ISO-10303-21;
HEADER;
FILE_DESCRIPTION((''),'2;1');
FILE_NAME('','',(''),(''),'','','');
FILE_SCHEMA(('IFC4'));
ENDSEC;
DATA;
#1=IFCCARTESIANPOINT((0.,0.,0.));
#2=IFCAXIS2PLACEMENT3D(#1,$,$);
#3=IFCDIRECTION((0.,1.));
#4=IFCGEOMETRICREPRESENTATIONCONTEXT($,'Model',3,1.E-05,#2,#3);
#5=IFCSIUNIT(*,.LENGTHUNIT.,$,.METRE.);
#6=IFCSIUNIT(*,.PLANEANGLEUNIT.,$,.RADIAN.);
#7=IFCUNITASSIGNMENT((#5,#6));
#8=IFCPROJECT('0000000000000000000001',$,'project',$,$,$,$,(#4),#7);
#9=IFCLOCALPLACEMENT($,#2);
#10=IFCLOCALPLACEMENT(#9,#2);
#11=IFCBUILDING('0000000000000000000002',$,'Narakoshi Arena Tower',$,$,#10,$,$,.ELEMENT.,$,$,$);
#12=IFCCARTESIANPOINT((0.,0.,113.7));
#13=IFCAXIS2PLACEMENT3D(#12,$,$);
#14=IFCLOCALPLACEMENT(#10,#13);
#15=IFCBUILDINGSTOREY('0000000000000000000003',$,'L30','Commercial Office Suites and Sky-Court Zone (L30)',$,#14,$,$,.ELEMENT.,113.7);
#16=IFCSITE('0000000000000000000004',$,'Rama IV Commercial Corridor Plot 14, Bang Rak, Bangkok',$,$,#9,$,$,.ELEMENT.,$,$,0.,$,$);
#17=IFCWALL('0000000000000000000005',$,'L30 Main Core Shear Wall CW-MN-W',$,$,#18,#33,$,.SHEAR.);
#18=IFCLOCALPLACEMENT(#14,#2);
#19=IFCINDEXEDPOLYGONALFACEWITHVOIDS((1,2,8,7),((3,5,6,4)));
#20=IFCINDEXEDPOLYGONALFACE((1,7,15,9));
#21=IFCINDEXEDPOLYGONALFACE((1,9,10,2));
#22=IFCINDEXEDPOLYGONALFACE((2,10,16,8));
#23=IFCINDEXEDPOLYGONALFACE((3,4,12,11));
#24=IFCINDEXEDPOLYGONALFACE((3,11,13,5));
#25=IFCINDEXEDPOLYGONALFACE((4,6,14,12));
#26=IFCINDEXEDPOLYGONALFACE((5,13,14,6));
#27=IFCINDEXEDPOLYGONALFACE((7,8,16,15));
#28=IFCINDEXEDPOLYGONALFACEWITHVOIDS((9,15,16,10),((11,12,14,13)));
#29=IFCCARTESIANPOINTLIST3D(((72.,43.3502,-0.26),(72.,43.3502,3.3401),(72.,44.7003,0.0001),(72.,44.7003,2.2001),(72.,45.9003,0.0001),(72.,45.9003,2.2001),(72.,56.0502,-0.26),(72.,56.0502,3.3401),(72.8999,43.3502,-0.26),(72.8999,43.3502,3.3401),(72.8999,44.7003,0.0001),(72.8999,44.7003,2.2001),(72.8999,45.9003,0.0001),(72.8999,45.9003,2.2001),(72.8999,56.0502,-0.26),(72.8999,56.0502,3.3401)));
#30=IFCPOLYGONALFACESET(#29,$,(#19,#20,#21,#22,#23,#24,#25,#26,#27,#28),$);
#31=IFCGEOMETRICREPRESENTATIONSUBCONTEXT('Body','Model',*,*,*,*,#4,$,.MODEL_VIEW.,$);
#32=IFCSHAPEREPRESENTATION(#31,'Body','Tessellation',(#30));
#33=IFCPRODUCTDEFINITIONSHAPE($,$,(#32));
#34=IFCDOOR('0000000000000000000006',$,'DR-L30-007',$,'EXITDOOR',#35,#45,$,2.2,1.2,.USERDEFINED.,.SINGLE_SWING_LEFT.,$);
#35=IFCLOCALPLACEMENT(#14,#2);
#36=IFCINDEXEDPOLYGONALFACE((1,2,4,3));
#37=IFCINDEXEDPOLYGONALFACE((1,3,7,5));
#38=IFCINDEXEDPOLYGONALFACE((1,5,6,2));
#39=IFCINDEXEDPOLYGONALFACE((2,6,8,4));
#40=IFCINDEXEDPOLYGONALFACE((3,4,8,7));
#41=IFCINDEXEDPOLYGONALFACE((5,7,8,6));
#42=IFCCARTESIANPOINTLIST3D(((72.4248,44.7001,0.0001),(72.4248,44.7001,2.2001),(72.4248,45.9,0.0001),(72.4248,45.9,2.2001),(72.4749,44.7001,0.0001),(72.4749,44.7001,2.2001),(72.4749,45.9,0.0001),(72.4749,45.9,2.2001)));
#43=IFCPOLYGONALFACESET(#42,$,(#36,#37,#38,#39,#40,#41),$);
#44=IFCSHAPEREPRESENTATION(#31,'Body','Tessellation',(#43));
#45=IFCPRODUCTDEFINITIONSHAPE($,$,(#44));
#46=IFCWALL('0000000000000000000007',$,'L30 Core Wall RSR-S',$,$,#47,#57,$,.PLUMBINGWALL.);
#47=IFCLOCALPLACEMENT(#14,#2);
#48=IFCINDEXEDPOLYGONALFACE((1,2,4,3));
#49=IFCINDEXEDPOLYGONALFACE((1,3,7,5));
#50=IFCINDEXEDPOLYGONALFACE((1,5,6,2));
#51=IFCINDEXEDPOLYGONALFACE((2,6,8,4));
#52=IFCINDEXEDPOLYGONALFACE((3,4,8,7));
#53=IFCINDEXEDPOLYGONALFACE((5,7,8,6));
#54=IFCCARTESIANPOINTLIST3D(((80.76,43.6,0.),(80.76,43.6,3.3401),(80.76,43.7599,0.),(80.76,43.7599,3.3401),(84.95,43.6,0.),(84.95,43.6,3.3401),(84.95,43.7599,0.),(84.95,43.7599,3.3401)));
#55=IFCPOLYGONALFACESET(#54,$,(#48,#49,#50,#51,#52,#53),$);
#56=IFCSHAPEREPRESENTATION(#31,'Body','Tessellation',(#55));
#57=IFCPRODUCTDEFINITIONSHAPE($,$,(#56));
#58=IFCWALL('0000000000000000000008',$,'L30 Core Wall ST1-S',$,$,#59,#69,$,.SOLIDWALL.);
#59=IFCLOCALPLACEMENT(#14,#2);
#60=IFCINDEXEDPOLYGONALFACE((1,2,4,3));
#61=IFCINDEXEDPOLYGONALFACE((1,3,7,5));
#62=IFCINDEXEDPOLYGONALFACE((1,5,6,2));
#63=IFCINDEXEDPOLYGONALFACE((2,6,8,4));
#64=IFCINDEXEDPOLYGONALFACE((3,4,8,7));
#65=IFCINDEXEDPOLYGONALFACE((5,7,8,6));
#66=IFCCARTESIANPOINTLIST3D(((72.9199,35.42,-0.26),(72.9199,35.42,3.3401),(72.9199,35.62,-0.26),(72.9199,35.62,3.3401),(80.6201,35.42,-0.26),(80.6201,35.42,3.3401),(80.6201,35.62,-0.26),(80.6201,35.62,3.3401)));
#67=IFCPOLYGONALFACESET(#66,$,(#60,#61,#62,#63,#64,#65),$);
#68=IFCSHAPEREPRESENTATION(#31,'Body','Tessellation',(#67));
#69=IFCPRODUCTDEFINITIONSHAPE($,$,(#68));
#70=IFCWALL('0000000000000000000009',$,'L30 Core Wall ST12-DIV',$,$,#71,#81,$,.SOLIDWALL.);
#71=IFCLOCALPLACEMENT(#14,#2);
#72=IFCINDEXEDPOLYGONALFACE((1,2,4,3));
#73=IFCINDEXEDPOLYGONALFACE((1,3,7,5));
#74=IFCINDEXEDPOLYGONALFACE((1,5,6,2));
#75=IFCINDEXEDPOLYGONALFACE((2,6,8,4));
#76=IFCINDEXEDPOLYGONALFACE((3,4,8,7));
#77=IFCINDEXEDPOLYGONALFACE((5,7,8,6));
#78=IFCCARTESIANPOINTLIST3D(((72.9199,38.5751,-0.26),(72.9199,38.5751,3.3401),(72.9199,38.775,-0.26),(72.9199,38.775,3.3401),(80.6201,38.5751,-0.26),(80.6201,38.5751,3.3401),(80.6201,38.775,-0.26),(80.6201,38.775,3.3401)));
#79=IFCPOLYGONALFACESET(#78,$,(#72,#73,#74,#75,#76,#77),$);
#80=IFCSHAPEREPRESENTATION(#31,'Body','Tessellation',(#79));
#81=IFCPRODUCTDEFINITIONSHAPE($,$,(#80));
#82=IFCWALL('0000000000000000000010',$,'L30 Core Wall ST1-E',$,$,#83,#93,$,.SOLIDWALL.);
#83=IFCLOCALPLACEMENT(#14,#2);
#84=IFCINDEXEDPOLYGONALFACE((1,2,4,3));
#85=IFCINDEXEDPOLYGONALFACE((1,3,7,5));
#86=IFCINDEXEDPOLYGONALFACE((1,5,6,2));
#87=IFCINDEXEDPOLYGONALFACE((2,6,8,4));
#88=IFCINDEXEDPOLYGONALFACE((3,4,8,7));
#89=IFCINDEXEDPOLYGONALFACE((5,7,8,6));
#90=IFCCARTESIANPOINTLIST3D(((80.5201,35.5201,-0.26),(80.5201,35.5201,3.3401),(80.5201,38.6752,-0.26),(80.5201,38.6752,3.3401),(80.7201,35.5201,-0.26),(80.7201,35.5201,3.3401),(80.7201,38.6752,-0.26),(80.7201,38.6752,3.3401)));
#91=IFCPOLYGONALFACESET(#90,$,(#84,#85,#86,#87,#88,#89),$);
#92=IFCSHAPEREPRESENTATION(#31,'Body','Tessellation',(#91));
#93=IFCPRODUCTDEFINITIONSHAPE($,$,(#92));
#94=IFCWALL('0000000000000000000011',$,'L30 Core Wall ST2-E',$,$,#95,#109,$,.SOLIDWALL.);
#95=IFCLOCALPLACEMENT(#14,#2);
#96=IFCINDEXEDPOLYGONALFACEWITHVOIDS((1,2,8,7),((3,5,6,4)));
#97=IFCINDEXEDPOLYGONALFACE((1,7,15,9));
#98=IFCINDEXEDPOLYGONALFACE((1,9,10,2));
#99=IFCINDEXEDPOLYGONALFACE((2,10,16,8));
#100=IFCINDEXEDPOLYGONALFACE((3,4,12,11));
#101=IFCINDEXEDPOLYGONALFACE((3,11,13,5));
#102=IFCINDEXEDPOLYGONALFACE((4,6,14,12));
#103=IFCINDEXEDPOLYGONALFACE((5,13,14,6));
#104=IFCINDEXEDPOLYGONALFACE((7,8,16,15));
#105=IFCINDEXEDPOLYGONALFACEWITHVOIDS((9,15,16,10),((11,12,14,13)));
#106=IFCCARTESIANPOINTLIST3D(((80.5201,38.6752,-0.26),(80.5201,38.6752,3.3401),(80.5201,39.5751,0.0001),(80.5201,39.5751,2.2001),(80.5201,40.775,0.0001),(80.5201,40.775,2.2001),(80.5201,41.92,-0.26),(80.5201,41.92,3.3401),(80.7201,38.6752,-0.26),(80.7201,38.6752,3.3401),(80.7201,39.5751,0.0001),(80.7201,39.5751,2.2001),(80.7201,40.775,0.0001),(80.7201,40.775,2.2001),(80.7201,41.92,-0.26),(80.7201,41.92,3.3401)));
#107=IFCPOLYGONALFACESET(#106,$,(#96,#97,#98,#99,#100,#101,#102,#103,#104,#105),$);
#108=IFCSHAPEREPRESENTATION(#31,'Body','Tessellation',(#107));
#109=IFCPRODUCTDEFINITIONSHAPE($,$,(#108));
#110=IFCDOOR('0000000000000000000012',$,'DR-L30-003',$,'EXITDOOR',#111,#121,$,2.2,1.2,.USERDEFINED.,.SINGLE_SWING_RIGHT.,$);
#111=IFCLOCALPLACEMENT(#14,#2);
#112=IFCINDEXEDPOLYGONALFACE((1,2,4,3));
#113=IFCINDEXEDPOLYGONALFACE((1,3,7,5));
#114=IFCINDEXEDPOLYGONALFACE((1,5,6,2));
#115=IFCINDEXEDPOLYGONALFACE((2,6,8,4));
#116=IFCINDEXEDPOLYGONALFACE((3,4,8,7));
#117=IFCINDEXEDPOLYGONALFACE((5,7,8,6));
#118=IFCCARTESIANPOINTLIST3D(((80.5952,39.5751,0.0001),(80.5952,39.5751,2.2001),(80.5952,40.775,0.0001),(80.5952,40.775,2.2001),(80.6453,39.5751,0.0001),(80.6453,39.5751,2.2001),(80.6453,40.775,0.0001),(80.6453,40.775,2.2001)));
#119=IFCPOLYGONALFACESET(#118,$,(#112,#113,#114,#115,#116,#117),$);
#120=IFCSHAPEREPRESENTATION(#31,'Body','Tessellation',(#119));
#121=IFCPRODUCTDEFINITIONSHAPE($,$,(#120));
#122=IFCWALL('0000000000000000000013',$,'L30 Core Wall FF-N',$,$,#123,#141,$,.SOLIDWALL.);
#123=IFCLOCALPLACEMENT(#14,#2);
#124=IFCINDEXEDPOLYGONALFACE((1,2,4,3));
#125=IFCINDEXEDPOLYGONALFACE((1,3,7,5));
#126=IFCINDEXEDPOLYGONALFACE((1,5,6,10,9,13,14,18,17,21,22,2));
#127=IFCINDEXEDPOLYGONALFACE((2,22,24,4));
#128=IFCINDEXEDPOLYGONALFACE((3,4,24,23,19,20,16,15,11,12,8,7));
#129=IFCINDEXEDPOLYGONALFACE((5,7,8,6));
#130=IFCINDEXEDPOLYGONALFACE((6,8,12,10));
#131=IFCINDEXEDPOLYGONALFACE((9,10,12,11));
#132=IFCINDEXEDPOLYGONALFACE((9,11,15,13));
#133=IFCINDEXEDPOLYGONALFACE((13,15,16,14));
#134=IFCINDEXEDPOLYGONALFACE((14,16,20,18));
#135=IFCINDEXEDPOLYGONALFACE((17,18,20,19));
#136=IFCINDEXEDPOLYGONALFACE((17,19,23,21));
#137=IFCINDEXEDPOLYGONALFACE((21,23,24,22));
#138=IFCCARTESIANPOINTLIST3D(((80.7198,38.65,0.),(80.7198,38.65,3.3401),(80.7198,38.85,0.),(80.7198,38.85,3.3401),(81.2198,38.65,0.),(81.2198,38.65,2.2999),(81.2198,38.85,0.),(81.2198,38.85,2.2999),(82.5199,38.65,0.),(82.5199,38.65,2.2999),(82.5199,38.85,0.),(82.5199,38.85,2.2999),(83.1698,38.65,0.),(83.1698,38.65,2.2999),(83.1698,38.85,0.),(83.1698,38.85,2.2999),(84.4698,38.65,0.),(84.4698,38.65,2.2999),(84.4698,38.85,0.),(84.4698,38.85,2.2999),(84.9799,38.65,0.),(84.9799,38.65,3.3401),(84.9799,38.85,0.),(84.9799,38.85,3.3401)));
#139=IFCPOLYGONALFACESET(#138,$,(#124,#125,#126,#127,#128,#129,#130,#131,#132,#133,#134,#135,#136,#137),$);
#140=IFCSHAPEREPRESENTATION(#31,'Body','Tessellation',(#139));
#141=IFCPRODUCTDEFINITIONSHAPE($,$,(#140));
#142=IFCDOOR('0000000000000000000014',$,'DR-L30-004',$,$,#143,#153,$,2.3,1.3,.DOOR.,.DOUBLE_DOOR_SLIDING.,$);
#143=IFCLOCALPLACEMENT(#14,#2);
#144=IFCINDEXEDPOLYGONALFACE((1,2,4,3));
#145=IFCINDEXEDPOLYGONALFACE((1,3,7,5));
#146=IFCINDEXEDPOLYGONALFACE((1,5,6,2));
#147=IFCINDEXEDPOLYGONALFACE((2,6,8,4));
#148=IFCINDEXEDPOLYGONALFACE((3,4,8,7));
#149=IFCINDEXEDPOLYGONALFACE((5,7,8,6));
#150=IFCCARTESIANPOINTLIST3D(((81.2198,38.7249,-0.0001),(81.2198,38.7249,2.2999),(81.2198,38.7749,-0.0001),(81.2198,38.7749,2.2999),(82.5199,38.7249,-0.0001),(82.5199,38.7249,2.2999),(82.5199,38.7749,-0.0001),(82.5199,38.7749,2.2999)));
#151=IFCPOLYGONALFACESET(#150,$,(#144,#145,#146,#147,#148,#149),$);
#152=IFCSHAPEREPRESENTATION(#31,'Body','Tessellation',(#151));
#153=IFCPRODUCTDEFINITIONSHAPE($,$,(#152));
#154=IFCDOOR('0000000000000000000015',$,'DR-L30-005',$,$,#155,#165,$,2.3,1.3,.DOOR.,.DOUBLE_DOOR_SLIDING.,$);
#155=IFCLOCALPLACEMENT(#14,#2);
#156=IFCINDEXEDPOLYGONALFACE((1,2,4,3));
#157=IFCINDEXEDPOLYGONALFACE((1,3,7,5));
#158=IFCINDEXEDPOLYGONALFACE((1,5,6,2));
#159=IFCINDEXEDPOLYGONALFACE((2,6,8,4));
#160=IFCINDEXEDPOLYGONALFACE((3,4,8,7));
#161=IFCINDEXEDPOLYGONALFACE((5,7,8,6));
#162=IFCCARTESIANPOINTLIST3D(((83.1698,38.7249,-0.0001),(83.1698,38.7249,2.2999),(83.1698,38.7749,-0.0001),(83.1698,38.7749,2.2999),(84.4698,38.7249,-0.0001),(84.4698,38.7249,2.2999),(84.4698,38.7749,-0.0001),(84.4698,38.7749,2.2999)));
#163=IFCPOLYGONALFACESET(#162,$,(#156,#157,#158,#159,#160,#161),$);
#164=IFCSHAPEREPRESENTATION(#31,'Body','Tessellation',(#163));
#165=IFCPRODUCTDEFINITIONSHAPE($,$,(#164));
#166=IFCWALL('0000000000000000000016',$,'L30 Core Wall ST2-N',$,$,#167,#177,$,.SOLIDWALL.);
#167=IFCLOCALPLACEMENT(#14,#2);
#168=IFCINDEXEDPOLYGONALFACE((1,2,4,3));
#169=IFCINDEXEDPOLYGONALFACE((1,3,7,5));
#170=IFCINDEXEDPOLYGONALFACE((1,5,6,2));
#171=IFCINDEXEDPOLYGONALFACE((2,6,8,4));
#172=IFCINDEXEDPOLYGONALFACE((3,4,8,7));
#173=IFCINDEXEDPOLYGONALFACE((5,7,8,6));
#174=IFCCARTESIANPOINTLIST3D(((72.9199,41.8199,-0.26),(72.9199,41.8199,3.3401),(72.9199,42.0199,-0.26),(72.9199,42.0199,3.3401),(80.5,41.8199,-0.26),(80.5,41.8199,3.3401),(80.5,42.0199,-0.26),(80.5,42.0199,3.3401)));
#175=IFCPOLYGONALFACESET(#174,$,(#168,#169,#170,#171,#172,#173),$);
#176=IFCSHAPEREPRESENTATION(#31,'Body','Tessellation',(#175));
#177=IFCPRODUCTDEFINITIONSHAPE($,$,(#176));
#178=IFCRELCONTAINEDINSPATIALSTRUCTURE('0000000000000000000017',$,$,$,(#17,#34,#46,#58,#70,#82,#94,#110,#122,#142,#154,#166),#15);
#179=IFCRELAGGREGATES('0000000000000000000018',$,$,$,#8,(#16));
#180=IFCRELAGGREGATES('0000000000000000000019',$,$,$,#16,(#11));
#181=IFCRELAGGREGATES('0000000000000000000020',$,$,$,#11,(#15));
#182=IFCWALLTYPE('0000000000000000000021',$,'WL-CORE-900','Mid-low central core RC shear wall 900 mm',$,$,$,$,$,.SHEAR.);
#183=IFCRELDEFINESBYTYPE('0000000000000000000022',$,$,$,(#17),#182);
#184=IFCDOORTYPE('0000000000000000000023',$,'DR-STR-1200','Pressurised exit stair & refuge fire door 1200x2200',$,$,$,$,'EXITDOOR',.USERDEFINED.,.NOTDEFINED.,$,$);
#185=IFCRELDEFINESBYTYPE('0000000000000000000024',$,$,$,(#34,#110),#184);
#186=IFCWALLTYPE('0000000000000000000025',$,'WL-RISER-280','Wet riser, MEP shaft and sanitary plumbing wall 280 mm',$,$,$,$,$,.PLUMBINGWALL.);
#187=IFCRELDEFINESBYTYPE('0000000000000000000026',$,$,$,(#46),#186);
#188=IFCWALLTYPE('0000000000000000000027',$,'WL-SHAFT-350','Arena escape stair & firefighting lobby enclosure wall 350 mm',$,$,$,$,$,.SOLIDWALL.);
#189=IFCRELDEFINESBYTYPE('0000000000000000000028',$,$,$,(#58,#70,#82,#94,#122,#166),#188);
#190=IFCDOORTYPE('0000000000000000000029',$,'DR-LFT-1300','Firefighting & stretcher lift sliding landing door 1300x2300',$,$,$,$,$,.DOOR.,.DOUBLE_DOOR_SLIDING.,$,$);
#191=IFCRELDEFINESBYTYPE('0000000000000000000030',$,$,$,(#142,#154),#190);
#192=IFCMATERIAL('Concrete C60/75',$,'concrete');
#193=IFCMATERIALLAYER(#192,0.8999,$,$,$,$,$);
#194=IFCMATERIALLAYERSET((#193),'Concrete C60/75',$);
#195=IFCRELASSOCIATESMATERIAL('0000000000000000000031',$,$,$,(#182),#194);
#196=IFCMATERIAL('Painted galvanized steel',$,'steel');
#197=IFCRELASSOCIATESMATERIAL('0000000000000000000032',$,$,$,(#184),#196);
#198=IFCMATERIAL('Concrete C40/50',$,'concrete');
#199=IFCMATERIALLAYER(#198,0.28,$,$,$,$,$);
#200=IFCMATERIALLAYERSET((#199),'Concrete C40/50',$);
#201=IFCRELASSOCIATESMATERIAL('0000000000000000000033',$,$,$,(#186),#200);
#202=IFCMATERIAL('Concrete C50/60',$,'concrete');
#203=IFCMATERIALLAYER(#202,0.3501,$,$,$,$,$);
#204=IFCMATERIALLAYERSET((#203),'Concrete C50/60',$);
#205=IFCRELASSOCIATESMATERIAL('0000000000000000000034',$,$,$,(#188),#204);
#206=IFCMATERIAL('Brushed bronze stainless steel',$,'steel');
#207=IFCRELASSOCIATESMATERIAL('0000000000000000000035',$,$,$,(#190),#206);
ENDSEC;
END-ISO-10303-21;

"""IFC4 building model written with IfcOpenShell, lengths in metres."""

from ifc_helpers import new_model, si_unit, direction, frame, frame_2d, origin, place, context, subcontext, project, spatial, rectangle, extrude, material, layer, layer_set, type_object, element, fill, save


model = new_model("IFC4")

# Units and contexts
model_context = context("Model", 3, precision=1e-05, world=origin(), true_north=direction((0.0, 1.0)))
body_context = subcontext(model_context, "Body", "Model", "MODEL_VIEW")
ifc_project = project(units=[si_unit("LENGTHUNIT", "METRE"), si_unit("PLANEANGLEUNIT", "RADIAN")], contexts=[model_context])

# Site, building, storey
site_placement = place(None, origin())
site = spatial("IfcSite", under=ifc_project, at=site_placement, Name="Rama IV Commercial Corridor Plot 14, Bang Rak, Bangkok", CompositionType="ELEMENT", RefElevation=0.0)
building_placement = place(site_placement, origin())
building = spatial("IfcBuilding", under=site, at=building_placement, Name="Narakoshi Arena Tower", CompositionType="ELEMENT")
storey_placement = place(building_placement, frame((0.0, 0.0, 113.7)))
storey = spatial("IfcBuildingStorey", under=building, at=storey_placement, Name="L30", Description="Commercial Office Suites and Sky-Court Zone (L30)", CompositionType="ELEMENT", Elevation=113.7)

# Wall, opening, door
ifc_material_1 = material(Name="Concrete C60/75", Category="concrete")
ifc_layer_1 = layer(ifc_material_1, 0.8999)
ifc_layer_set_1 = layer_set([ifc_layer_1], Name="Concrete C60/75")
wall_type_1 = type_object("IfcWallType", Name="WL-CORE-900", Description="Mid-low central core RC shear wall 900 mm", PredefinedType="SHEAR", material=ifc_layer_set_1)
wall_1_placement = place(storey_placement, frame((72.45, 43.3501, -0.26), z_axis=(0.0, 0.0, 1.0), x_axis=(0.0, 1.0, 0.0)))
wall_1 = element("IfcWall", 1, at=wall_1_placement, inside=storey, type_object=wall_type_1, Name="L30 Main Core Shear Wall CW-MN-W", PredefinedType="SHEAR", context=body_context, shape_type="SweptSolid", body=[
    extrude(rectangle(XDim=12.7, YDim=0.8999, at=frame_2d((6.3501, 0.0))), origin(), (0.0, 0.0, 1.0), 3.6001),
])
opening_1_placement = place(wall_1_placement, frame((1.3501, 0.0, 0.26)))
opening_1 = element("IfcOpeningElement", 2, at=opening_1_placement, cuts=wall_1, PredefinedType="OPENING", context=body_context, shape_type="SweptSolid", body=[
    extrude(rectangle(XDim=1.2, YDim=2.2, at=frame_2d((0.6001, 1.1001))), frame((0.0, 0.46, 0.0), z_axis=(0.0, -1.0, 0.0), x_axis=(1.0, 0.0, 0.0)), (0.0, 0.0, 1.0), 0.9199),
])
ifc_material_2 = material(Name="Painted galvanized steel", Category="steel")
door_type_1 = type_object("IfcDoorType", Name="DR-STR-1200", Description="Pressurised exit stair & refuge fire door 1200x2200", ElementType="EXITDOOR", OperationType="NOTDEFINED", PredefinedType="USERDEFINED", material=ifc_material_2)
door_1_placement = place(opening_1_placement, frame((1.2, 0.0, 0.0), z_axis=(0.0, 0.0, 1.0), x_axis=(-1.0, 0.0, 0.0)))
door_1 = element("IfcDoor", 3, at=door_1_placement, inside=storey, type_object=door_type_1, Name="DR-L30-007", ObjectType="EXITDOOR", OperationType="SINGLE_SWING_LEFT", OverallHeight=2.2, OverallWidth=1.2, PredefinedType="USERDEFINED", context=body_context, shape_type="SweptSolid", body=[
    extrude(rectangle(XDim=1.2, YDim=2.2, at=frame_2d((0.6001, 1.1001))), frame((0.0, 0.0249, 0.0), z_axis=(0.0, -1.0, 0.0), x_axis=(1.0, 0.0, 0.0)), (0.0, 0.0, 1.0), 0.05),
])
fill(opening_1, door_1)

# Walls
ifc_material_3 = material(Name="Concrete C40/50", Category="concrete")
ifc_layer_2 = layer(ifc_material_3, 0.28)
ifc_layer_set_2 = layer_set([ifc_layer_2], Name="Concrete C40/50")
wall_type_2 = type_object("IfcWallType", Name="WL-RISER-280", Description="Wet riser, MEP shaft and sanitary plumbing wall 280 mm", PredefinedType="PLUMBINGWALL", material=ifc_layer_set_2)
wall_2_placement = place(storey_placement, frame((80.76, 43.6799, 0.0), z_axis=(0.0, 0.0, 1.0), x_axis=(1.0, 0.0, 0.0)))
element("IfcWall", 4, at=wall_2_placement, inside=storey, type_object=wall_type_2, Name="L30 Core Wall RSR-S", PredefinedType="PLUMBINGWALL", context=body_context, shape_type="SweptSolid", body=[
    extrude(rectangle(XDim=4.1899, YDim=0.1599, at=frame_2d((2.095, 0.0))), origin(), (0.0, 0.0, 1.0), 3.3401),
])
ifc_material_4 = material(Name="Concrete C50/60", Category="concrete")
ifc_layer_3 = layer(ifc_material_4, 0.3501)
ifc_layer_set_3 = layer_set([ifc_layer_3], Name="Concrete C50/60")
wall_type_3 = type_object("IfcWallType", Name="WL-SHAFT-350", Description="Arena escape stair & firefighting lobby enclosure wall 350 mm", PredefinedType="SOLIDWALL", material=ifc_layer_set_3)
for number, where, z_axis, x_axis, name in (
    (5, (72.9199, 35.52, -0.26), (0.0, 0.0, 1.0), (1.0, 0.0, 0.0), "L30 Core Wall ST1-S"),
    (6, (72.9199, 38.675, -0.26), (0.0, 0.0, 1.0), (1.0, 0.0, 0.0), "L30 Core Wall ST12-DIV"),
):
    element("IfcWall", number, at=place(storey_placement, frame(where, z_axis=z_axis, x_axis=x_axis)), inside=storey, type_object=wall_type_3, Name=name, PredefinedType="SOLIDWALL", context=body_context, shape_type="SweptSolid", body=[
        extrude(rectangle(XDim=7.7002, YDim=0.2, at=frame_2d((3.8501, 0.0))), origin(), (0.0, 0.0, 1.0), 3.6001),
    ])
wall_3_placement = place(storey_placement, frame((80.6201, 35.52, -0.26), z_axis=(0.0, 0.0, 1.0), x_axis=(0.0, 1.0, 0.0)))
element("IfcWall", 7, at=wall_3_placement, inside=storey, type_object=wall_type_3, Name="L30 Core Wall ST1-E", PredefinedType="SOLIDWALL", context=body_context, shape_type="SweptSolid", body=[
    extrude(rectangle(XDim=3.155, YDim=0.2, at=frame_2d((1.5776, 0.0))), origin(), (0.0, 0.0, 1.0), 3.6001),
])

# Wall, opening, door
wall_4_placement = place(storey_placement, frame((80.6201, 38.675, -0.26), z_axis=(0.0, 0.0, 1.0), x_axis=(0.0, 1.0, 0.0)))
wall_4 = element("IfcWall", 8, at=wall_4_placement, inside=storey, type_object=wall_type_3, Name="L30 Core Wall ST2-E", PredefinedType="SOLIDWALL", context=body_context, shape_type="SweptSolid", body=[
    extrude(rectangle(XDim=3.2449, YDim=0.2, at=frame_2d((1.6226, 0.0))), origin(), (0.0, 0.0, 1.0), 3.6001),
])
opening_2_placement = place(wall_4_placement, frame((0.8999, 0.0, 0.26)))
opening_2 = element("IfcOpeningElement", 9, at=opening_2_placement, cuts=wall_4, PredefinedType="OPENING", context=body_context, shape_type="SweptSolid", body=[
    extrude(rectangle(XDim=1.2, YDim=2.2, at=frame_2d((0.6001, 1.1001))), frame((0.0, 0.1099, 0.0), z_axis=(0.0, -1.0, 0.0), x_axis=(1.0, 0.0, 0.0)), (0.0, 0.0, 1.0), 0.22),
])
door_2_placement = place(opening_2_placement, origin())
door_2 = element("IfcDoor", 10, at=door_2_placement, inside=storey, type_object=door_type_1, Name="DR-L30-003", ObjectType="EXITDOOR", OperationType="SINGLE_SWING_RIGHT", OverallHeight=2.2, OverallWidth=1.2, PredefinedType="USERDEFINED", context=body_context, shape_type="SweptSolid", body=[
    extrude(rectangle(XDim=1.2, YDim=2.2, at=frame_2d((0.6001, 1.1001))), frame((0.0, 0.0249, 0.0), z_axis=(0.0, -1.0, 0.0), x_axis=(1.0, 0.0, 0.0)), (0.0, 0.0, 1.0), 0.05),
])
fill(opening_2, door_2)

# Wall, openings, doors
wall_5_placement = place(storey_placement, frame((80.72, 38.75, 0.0), z_axis=(0.0, 0.0, 1.0), x_axis=(1.0, 0.0, 0.0)))
wall_5 = element("IfcWall", 11, at=wall_5_placement, inside=storey, type_object=wall_type_3, Name="L30 Core Wall FF-N", PredefinedType="SOLIDWALL", context=body_context, shape_type="SweptSolid", body=[
    extrude(rectangle(XDim=4.26, YDim=0.2, at=frame_2d((2.1299, 0.0))), origin(), (0.0, 0.0, 1.0), 3.3401),
])
opening_3_placement = place(wall_5_placement, frame((0.5, 0.0, 0.0)))
opening_3 = element("IfcOpeningElement", 12, at=opening_3_placement, cuts=wall_5, PredefinedType="OPENING", context=body_context, shape_type="SweptSolid", body=[
    extrude(rectangle(XDim=1.3, YDim=2.3, at=frame_2d((0.6499, 1.1499))), frame((0.0, 0.1099, 0.0), z_axis=(0.0, -1.0, 0.0), x_axis=(1.0, 0.0, 0.0)), (0.0, 0.0, 1.0), 0.22),
])
opening_4_placement = place(wall_5_placement, frame((2.45, 0.0, 0.0)))
opening_4 = element("IfcOpeningElement", 13, at=opening_4_placement, cuts=wall_5, PredefinedType="OPENING", context=body_context, shape_type="SweptSolid", body=[
    extrude(rectangle(XDim=1.3, YDim=2.3, at=frame_2d((0.6499, 1.1499))), frame((0.0, 0.1099, 0.0), z_axis=(0.0, -1.0, 0.0), x_axis=(1.0, 0.0, 0.0)), (0.0, 0.0, 1.0), 0.22),
])
ifc_material_5 = material(Name="Brushed bronze stainless steel", Category="steel")
door_type_2 = type_object("IfcDoorType", Name="DR-LFT-1300", Description="Firefighting & stretcher lift sliding landing door 1300x2300", OperationType="DOUBLE_DOOR_SLIDING", PredefinedType="DOOR", material=ifc_material_5)
door_3_placement = place(opening_3_placement, origin())
door_3 = element("IfcDoor", 14, at=door_3_placement, inside=storey, type_object=door_type_2, Name="DR-L30-004", OperationType="DOUBLE_DOOR_SLIDING", OverallHeight=2.3, OverallWidth=1.3, PredefinedType="DOOR", context=body_context, shape_type="SweptSolid", body=[
    extrude(rectangle(XDim=1.3, YDim=2.3, at=frame_2d((0.6499, 1.1499))), frame((0.0, 0.0249, 0.0), z_axis=(0.0, -1.0, 0.0), x_axis=(1.0, 0.0, 0.0)), (0.0, 0.0, 1.0), 0.05),
])
fill(opening_3, door_3)
door_4_placement = place(opening_4_placement, origin())
door_4 = element("IfcDoor", 15, at=door_4_placement, inside=storey, type_object=door_type_2, Name="DR-L30-005", OperationType="DOUBLE_DOOR_SLIDING", OverallHeight=2.3, OverallWidth=1.3, PredefinedType="DOOR", context=body_context, shape_type="SweptSolid", body=[
    extrude(rectangle(XDim=1.3, YDim=2.3, at=frame_2d((0.6499, 1.1499))), frame((0.0, 0.0249, 0.0), z_axis=(0.0, -1.0, 0.0), x_axis=(1.0, 0.0, 0.0)), (0.0, 0.0, 1.0), 0.05),
])
fill(opening_4, door_4)

# Wall
wall_6_placement = place(storey_placement, frame((72.9199, 41.9199, -0.26), z_axis=(0.0, 0.0, 1.0), x_axis=(1.0, 0.0, 0.0)))
element("IfcWall", 16, at=wall_6_placement, inside=storey, type_object=wall_type_3, Name="L30 Core Wall ST2-N", PredefinedType="SOLIDWALL", context=body_context, shape_type="SweptSolid", body=[
    extrude(rectangle(XDim=7.5801, YDim=0.2, at=frame_2d((3.79, 0.0))), origin(), (0.0, 0.0, 1.0), 3.6001),
])

save(model, "model.ifc")
